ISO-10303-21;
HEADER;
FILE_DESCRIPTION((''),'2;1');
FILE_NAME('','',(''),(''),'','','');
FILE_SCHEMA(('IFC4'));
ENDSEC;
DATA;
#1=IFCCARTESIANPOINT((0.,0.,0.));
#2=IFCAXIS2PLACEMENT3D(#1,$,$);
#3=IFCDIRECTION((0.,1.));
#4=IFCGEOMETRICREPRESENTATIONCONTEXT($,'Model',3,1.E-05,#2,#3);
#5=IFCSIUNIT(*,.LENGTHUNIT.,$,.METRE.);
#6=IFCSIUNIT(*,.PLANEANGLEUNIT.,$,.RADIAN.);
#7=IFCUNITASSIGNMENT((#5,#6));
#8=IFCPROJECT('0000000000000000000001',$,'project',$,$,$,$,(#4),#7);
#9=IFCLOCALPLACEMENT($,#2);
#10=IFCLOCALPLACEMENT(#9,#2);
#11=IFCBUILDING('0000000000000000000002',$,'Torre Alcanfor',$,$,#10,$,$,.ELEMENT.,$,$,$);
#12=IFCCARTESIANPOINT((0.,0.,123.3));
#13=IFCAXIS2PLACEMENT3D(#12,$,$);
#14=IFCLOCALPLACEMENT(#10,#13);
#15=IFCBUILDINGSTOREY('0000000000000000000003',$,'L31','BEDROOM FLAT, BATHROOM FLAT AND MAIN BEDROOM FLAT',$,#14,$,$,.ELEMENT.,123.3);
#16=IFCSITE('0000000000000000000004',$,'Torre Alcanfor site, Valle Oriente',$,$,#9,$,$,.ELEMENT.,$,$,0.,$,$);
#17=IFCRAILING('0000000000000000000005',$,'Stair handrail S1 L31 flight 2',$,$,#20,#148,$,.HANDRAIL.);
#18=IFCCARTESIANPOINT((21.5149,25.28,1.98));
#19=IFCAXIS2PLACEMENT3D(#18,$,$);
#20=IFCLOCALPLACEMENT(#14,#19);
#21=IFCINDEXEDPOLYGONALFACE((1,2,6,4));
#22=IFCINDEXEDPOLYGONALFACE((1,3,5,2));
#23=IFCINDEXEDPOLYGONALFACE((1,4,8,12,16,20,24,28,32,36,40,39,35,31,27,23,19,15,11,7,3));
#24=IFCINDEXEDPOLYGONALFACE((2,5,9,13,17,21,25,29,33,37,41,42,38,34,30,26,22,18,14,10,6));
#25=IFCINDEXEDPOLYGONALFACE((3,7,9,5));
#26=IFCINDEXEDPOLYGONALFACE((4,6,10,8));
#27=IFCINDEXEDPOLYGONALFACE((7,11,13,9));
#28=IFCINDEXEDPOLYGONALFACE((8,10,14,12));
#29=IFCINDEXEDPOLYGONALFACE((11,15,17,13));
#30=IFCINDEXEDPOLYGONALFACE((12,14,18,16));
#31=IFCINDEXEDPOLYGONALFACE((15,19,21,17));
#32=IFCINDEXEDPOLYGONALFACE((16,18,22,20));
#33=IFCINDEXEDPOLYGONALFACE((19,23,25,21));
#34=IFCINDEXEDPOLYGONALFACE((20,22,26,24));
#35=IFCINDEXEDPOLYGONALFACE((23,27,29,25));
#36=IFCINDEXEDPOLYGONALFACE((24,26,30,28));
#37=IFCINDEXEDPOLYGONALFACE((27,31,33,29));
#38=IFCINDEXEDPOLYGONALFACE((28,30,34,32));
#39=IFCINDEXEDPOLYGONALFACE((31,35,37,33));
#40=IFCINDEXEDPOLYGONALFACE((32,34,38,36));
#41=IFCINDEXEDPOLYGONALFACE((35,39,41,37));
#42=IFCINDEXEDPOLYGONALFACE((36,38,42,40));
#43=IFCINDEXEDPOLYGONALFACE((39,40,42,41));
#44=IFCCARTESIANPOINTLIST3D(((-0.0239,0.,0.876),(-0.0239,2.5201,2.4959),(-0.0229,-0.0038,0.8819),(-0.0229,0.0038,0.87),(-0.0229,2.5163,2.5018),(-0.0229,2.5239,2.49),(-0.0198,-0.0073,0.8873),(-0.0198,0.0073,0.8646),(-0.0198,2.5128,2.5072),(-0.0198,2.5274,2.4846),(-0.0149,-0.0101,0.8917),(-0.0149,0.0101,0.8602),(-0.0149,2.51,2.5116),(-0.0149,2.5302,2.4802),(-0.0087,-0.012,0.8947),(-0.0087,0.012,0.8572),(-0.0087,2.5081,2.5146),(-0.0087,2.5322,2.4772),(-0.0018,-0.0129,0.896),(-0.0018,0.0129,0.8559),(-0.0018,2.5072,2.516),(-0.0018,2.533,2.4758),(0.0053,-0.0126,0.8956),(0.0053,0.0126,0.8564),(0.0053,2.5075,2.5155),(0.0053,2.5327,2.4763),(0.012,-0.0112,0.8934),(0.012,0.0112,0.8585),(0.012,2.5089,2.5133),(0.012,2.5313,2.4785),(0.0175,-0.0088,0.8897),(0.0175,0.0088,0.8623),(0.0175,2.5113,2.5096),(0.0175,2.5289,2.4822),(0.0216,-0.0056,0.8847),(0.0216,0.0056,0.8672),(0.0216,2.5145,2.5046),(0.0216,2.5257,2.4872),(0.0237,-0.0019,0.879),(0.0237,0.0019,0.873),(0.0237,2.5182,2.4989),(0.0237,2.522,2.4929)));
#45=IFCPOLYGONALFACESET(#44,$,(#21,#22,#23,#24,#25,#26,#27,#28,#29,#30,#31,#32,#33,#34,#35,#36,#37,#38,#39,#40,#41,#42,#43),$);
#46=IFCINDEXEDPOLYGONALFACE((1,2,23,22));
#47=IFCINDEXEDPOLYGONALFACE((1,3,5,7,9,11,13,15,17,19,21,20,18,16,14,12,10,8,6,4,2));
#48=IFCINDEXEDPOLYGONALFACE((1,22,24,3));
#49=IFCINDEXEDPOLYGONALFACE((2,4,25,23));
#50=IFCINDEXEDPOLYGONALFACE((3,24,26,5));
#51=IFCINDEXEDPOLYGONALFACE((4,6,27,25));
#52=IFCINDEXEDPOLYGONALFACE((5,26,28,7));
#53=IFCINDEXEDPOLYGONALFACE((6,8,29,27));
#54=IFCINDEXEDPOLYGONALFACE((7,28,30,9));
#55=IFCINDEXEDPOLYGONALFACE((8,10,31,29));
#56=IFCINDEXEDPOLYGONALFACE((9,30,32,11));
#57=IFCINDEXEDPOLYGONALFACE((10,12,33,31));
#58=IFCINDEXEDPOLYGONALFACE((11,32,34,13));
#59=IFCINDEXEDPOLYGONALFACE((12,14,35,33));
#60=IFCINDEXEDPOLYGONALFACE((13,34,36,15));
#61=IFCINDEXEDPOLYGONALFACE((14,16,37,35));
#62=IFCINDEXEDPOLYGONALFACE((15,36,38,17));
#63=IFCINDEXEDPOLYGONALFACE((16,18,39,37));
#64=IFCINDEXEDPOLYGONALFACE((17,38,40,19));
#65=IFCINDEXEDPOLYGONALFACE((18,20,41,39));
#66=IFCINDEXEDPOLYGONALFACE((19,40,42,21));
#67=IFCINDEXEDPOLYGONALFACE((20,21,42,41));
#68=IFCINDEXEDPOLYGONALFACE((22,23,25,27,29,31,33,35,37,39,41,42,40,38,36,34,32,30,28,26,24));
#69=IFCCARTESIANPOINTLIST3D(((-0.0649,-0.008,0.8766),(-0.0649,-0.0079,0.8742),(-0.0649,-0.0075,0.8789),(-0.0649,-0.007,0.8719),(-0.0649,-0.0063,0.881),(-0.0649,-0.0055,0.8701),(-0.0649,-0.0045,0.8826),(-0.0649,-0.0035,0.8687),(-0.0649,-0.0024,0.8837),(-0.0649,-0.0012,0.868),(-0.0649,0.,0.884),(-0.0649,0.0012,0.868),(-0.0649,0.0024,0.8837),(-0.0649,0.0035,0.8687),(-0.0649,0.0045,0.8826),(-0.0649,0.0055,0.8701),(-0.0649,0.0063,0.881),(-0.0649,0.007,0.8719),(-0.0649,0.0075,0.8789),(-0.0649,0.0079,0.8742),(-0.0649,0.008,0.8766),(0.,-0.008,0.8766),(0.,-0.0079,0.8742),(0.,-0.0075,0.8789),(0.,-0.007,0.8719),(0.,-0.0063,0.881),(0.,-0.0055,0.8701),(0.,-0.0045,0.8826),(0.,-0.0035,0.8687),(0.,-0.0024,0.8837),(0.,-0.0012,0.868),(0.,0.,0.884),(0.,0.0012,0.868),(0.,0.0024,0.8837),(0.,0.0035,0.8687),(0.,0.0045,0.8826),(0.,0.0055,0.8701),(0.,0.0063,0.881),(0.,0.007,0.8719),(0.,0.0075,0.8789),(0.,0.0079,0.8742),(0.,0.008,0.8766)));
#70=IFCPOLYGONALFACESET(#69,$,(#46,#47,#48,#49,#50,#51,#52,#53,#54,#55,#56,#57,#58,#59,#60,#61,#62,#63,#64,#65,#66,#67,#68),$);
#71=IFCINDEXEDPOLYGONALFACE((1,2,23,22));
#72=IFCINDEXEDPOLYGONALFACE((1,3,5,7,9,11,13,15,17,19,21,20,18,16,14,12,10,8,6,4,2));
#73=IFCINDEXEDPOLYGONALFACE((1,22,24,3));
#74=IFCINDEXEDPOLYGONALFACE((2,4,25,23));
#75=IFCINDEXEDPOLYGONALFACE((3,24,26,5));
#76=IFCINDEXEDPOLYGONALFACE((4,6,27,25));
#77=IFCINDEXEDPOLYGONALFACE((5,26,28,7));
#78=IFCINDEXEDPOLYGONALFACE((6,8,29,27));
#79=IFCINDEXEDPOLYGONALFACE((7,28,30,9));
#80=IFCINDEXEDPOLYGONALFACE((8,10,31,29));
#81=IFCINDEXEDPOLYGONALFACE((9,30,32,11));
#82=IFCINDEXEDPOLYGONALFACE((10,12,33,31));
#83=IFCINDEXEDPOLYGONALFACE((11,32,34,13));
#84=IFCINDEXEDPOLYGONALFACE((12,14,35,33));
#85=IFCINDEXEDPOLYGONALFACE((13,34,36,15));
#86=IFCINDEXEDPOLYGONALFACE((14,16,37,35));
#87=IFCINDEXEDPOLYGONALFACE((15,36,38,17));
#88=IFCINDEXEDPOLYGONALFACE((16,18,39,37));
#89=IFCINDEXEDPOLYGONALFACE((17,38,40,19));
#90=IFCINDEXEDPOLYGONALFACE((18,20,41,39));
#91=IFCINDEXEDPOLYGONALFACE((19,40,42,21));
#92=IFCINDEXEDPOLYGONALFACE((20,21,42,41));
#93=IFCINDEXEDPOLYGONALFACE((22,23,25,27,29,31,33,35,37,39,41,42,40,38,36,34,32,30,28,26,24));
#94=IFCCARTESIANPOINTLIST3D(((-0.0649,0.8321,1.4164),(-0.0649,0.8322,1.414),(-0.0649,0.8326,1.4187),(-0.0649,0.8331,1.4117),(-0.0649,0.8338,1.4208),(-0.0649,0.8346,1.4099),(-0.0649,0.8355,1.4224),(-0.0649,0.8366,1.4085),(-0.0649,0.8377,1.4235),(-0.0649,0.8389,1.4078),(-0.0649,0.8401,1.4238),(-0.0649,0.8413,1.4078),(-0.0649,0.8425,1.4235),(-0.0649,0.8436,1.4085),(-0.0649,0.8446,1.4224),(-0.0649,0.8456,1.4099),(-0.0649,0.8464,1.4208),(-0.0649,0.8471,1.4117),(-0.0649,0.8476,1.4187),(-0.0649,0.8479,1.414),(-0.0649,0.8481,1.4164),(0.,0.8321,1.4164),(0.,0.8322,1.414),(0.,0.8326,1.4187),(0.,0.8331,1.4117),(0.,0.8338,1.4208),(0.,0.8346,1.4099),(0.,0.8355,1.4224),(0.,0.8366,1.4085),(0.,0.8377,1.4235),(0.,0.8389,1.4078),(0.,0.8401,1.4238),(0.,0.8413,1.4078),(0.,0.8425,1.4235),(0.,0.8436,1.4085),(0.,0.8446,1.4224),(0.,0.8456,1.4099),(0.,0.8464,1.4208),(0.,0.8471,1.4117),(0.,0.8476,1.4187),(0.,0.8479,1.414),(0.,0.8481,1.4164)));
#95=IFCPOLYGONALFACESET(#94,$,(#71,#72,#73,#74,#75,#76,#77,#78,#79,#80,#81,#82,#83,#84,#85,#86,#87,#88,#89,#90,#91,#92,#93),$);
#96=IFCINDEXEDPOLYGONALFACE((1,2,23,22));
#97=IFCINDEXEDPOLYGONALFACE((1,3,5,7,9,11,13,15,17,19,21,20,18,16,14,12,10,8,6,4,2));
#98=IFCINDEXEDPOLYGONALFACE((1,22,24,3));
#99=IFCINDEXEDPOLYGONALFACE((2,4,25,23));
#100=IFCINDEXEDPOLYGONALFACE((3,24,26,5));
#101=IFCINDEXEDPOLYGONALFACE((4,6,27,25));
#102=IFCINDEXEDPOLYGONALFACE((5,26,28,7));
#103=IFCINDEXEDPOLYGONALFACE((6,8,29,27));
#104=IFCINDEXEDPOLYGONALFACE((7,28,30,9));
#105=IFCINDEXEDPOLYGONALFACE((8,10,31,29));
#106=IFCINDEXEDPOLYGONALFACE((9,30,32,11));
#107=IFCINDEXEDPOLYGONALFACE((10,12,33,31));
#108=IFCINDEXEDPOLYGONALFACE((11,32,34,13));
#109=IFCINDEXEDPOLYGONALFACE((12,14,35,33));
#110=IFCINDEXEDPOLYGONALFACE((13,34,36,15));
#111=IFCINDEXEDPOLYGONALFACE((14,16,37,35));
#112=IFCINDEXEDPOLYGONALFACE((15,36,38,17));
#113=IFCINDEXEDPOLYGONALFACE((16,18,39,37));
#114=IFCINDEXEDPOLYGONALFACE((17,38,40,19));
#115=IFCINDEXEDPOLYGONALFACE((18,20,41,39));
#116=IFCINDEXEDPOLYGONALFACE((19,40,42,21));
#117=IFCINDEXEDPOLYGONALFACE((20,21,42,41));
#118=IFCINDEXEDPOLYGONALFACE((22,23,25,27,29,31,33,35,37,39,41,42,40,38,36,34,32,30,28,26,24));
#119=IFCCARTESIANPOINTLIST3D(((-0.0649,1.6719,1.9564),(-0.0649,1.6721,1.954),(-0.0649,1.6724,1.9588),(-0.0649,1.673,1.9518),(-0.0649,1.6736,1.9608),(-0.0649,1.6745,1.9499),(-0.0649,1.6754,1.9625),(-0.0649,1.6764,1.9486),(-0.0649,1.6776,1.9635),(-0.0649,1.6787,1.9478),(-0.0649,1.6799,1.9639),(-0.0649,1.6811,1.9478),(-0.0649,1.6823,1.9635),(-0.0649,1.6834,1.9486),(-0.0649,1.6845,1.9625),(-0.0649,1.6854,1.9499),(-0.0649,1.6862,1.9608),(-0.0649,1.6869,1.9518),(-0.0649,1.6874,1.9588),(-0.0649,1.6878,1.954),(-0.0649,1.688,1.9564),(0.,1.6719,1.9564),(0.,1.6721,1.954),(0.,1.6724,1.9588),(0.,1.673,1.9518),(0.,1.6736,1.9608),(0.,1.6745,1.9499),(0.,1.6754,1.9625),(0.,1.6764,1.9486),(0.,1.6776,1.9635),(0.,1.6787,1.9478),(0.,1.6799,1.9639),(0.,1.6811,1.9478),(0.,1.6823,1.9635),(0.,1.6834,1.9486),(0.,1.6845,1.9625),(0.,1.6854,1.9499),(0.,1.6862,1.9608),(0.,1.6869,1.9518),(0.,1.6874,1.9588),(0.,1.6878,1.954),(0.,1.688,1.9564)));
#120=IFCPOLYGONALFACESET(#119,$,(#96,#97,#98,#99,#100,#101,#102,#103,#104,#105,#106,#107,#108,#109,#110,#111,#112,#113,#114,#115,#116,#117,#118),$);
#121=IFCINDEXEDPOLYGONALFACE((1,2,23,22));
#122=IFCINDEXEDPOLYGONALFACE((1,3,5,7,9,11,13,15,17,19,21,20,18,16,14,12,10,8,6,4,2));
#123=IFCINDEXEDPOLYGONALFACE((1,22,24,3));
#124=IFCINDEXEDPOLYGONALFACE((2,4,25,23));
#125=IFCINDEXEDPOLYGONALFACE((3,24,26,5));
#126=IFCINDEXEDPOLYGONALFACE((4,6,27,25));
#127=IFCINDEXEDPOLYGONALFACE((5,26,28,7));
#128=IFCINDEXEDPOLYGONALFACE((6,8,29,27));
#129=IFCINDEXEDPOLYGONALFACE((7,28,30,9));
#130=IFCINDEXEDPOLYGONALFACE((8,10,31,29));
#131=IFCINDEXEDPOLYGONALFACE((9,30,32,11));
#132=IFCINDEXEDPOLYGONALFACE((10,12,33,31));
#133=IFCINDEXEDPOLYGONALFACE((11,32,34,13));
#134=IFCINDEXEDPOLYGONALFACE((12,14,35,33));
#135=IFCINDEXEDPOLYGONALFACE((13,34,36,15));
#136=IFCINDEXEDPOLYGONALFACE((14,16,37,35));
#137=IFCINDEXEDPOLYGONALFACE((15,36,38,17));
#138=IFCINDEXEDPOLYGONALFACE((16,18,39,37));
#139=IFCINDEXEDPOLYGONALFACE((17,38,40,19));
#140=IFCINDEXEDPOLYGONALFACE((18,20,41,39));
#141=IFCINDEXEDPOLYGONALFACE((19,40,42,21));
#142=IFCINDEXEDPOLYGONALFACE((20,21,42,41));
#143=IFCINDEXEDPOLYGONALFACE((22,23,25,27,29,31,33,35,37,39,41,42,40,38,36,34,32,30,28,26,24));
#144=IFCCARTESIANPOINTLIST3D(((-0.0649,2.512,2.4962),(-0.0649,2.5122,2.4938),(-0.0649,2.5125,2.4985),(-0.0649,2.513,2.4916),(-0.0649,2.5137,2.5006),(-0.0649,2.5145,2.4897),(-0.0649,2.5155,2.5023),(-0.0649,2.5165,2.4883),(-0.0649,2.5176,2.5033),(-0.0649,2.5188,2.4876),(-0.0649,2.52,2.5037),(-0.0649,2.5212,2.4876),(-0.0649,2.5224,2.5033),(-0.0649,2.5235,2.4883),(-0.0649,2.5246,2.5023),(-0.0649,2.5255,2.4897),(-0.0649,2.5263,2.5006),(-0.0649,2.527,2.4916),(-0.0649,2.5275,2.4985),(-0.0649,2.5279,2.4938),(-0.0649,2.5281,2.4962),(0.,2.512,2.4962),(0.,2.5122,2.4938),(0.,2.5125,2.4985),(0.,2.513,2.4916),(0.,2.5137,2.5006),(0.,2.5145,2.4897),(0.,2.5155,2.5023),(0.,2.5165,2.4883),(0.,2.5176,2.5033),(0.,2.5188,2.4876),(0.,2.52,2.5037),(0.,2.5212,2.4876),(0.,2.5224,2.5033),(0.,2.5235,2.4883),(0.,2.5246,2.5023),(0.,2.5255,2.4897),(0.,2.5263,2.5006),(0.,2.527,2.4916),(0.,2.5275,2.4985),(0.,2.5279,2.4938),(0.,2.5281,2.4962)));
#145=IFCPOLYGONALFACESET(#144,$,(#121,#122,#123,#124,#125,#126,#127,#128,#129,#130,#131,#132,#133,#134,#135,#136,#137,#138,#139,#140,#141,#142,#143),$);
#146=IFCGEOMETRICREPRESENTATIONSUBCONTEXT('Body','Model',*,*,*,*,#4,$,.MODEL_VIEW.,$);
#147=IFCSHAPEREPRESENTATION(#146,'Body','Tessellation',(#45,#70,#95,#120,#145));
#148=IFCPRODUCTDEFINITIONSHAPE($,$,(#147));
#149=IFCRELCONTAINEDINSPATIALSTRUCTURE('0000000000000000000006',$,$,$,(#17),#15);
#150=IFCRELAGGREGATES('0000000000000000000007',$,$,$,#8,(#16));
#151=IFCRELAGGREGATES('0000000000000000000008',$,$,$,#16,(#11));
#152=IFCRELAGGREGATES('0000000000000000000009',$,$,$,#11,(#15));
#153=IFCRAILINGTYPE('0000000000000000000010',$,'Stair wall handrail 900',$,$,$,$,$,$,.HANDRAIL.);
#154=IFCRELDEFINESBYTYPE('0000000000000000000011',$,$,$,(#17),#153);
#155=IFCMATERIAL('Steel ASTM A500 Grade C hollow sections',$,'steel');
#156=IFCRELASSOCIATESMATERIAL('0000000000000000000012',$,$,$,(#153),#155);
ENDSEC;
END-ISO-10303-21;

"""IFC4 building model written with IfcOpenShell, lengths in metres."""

from ifc_helpers import new_model, si_unit, direction, frame, origin, origin_2d, place, context, subcontext, project, spatial, circle, extrude, material, type_object, element, save


model = new_model("IFC4")

# Units and contexts
model_context = context("Model", 3, precision=1e-05, world=origin(), true_north=direction((0.0, 1.0)))
body_context = subcontext(model_context, "Body", "Model", "MODEL_VIEW")
ifc_project = project(units=[si_unit("LENGTHUNIT", "METRE"), si_unit("PLANEANGLEUNIT", "RADIAN")], contexts=[model_context])

# Site, building, storey
site_placement = place(None, origin())
site = spatial("IfcSite", under=ifc_project, at=site_placement, Name="Torre Alcanfor site, Valle Oriente", CompositionType="ELEMENT", RefElevation=0.0)
building_placement = place(site_placement, origin())
building = spatial("IfcBuilding", under=site, at=building_placement, Name="Torre Alcanfor", CompositionType="ELEMENT")
storey_placement = place(building_placement, frame((0.0, 0.0, 123.3)))
storey = spatial("IfcBuildingStorey", under=building, at=storey_placement, Name="L31", Description="BEDROOM FLAT, BATHROOM FLAT AND MAIN BEDROOM FLAT", CompositionType="ELEMENT", Elevation=123.3)

# Railing
ifc_material_1 = material(Name="Steel ASTM A500 Grade C hollow sections", Category="steel")
railing_type_1 = type_object("IfcRailingType", Name="Stair wall handrail 900", PredefinedType="HANDRAIL", material=ifc_material_1)
railing_1_placement = place(storey_placement, frame((21.5149, 25.28, 1.98)))
element("IfcRailing", 1, at=railing_1_placement, inside=storey, type_object=railing_type_1, Name="Stair handrail S1 L31 flight 2", PredefinedType="HANDRAIL", context=body_context, shape_type="SweptSolid", body=[
    extrude(circle(Radius=0.0239, at=origin_2d()), frame((0.0, 0.0, 0.876), z_axis=(0.0, 0.8412, 0.540725), x_axis=(-1.0, 0.0, 0.0)), (0.0, 0.0, 1.0), 2.9958),
    extrude(circle(Radius=0.0081, at=origin_2d()), frame((0.0, 0.0, 0.876), z_axis=(-1.0, 0.0, 0.0), x_axis=(0.0, 0.0, 1.0)), (0.0, 0.0, 1.0), 0.0649),
    extrude(circle(Radius=0.0081, at=origin_2d()), frame((0.0, 0.8401, 1.4158), z_axis=(-1.0, 0.0, 0.0), x_axis=(0.0, 0.0, 1.0)), (0.0, 0.0, 1.0), 0.0649),
    extrude(circle(Radius=0.0081, at=origin_2d()), frame((0.0, 1.6799, 1.9558), z_axis=(-1.0, 0.0, 0.0), x_axis=(0.0, 0.0, 1.0)), (0.0, 0.0, 1.0), 0.0649),
    extrude(circle(Radius=0.0081, at=origin_2d()), frame((0.0, 2.52, 2.4956), z_axis=(-1.0, 0.0, 0.0), x_axis=(0.0, 0.0, 1.0)), (0.0, 0.0, 1.0), 0.0649),
])

save(model, "model.ifc")
